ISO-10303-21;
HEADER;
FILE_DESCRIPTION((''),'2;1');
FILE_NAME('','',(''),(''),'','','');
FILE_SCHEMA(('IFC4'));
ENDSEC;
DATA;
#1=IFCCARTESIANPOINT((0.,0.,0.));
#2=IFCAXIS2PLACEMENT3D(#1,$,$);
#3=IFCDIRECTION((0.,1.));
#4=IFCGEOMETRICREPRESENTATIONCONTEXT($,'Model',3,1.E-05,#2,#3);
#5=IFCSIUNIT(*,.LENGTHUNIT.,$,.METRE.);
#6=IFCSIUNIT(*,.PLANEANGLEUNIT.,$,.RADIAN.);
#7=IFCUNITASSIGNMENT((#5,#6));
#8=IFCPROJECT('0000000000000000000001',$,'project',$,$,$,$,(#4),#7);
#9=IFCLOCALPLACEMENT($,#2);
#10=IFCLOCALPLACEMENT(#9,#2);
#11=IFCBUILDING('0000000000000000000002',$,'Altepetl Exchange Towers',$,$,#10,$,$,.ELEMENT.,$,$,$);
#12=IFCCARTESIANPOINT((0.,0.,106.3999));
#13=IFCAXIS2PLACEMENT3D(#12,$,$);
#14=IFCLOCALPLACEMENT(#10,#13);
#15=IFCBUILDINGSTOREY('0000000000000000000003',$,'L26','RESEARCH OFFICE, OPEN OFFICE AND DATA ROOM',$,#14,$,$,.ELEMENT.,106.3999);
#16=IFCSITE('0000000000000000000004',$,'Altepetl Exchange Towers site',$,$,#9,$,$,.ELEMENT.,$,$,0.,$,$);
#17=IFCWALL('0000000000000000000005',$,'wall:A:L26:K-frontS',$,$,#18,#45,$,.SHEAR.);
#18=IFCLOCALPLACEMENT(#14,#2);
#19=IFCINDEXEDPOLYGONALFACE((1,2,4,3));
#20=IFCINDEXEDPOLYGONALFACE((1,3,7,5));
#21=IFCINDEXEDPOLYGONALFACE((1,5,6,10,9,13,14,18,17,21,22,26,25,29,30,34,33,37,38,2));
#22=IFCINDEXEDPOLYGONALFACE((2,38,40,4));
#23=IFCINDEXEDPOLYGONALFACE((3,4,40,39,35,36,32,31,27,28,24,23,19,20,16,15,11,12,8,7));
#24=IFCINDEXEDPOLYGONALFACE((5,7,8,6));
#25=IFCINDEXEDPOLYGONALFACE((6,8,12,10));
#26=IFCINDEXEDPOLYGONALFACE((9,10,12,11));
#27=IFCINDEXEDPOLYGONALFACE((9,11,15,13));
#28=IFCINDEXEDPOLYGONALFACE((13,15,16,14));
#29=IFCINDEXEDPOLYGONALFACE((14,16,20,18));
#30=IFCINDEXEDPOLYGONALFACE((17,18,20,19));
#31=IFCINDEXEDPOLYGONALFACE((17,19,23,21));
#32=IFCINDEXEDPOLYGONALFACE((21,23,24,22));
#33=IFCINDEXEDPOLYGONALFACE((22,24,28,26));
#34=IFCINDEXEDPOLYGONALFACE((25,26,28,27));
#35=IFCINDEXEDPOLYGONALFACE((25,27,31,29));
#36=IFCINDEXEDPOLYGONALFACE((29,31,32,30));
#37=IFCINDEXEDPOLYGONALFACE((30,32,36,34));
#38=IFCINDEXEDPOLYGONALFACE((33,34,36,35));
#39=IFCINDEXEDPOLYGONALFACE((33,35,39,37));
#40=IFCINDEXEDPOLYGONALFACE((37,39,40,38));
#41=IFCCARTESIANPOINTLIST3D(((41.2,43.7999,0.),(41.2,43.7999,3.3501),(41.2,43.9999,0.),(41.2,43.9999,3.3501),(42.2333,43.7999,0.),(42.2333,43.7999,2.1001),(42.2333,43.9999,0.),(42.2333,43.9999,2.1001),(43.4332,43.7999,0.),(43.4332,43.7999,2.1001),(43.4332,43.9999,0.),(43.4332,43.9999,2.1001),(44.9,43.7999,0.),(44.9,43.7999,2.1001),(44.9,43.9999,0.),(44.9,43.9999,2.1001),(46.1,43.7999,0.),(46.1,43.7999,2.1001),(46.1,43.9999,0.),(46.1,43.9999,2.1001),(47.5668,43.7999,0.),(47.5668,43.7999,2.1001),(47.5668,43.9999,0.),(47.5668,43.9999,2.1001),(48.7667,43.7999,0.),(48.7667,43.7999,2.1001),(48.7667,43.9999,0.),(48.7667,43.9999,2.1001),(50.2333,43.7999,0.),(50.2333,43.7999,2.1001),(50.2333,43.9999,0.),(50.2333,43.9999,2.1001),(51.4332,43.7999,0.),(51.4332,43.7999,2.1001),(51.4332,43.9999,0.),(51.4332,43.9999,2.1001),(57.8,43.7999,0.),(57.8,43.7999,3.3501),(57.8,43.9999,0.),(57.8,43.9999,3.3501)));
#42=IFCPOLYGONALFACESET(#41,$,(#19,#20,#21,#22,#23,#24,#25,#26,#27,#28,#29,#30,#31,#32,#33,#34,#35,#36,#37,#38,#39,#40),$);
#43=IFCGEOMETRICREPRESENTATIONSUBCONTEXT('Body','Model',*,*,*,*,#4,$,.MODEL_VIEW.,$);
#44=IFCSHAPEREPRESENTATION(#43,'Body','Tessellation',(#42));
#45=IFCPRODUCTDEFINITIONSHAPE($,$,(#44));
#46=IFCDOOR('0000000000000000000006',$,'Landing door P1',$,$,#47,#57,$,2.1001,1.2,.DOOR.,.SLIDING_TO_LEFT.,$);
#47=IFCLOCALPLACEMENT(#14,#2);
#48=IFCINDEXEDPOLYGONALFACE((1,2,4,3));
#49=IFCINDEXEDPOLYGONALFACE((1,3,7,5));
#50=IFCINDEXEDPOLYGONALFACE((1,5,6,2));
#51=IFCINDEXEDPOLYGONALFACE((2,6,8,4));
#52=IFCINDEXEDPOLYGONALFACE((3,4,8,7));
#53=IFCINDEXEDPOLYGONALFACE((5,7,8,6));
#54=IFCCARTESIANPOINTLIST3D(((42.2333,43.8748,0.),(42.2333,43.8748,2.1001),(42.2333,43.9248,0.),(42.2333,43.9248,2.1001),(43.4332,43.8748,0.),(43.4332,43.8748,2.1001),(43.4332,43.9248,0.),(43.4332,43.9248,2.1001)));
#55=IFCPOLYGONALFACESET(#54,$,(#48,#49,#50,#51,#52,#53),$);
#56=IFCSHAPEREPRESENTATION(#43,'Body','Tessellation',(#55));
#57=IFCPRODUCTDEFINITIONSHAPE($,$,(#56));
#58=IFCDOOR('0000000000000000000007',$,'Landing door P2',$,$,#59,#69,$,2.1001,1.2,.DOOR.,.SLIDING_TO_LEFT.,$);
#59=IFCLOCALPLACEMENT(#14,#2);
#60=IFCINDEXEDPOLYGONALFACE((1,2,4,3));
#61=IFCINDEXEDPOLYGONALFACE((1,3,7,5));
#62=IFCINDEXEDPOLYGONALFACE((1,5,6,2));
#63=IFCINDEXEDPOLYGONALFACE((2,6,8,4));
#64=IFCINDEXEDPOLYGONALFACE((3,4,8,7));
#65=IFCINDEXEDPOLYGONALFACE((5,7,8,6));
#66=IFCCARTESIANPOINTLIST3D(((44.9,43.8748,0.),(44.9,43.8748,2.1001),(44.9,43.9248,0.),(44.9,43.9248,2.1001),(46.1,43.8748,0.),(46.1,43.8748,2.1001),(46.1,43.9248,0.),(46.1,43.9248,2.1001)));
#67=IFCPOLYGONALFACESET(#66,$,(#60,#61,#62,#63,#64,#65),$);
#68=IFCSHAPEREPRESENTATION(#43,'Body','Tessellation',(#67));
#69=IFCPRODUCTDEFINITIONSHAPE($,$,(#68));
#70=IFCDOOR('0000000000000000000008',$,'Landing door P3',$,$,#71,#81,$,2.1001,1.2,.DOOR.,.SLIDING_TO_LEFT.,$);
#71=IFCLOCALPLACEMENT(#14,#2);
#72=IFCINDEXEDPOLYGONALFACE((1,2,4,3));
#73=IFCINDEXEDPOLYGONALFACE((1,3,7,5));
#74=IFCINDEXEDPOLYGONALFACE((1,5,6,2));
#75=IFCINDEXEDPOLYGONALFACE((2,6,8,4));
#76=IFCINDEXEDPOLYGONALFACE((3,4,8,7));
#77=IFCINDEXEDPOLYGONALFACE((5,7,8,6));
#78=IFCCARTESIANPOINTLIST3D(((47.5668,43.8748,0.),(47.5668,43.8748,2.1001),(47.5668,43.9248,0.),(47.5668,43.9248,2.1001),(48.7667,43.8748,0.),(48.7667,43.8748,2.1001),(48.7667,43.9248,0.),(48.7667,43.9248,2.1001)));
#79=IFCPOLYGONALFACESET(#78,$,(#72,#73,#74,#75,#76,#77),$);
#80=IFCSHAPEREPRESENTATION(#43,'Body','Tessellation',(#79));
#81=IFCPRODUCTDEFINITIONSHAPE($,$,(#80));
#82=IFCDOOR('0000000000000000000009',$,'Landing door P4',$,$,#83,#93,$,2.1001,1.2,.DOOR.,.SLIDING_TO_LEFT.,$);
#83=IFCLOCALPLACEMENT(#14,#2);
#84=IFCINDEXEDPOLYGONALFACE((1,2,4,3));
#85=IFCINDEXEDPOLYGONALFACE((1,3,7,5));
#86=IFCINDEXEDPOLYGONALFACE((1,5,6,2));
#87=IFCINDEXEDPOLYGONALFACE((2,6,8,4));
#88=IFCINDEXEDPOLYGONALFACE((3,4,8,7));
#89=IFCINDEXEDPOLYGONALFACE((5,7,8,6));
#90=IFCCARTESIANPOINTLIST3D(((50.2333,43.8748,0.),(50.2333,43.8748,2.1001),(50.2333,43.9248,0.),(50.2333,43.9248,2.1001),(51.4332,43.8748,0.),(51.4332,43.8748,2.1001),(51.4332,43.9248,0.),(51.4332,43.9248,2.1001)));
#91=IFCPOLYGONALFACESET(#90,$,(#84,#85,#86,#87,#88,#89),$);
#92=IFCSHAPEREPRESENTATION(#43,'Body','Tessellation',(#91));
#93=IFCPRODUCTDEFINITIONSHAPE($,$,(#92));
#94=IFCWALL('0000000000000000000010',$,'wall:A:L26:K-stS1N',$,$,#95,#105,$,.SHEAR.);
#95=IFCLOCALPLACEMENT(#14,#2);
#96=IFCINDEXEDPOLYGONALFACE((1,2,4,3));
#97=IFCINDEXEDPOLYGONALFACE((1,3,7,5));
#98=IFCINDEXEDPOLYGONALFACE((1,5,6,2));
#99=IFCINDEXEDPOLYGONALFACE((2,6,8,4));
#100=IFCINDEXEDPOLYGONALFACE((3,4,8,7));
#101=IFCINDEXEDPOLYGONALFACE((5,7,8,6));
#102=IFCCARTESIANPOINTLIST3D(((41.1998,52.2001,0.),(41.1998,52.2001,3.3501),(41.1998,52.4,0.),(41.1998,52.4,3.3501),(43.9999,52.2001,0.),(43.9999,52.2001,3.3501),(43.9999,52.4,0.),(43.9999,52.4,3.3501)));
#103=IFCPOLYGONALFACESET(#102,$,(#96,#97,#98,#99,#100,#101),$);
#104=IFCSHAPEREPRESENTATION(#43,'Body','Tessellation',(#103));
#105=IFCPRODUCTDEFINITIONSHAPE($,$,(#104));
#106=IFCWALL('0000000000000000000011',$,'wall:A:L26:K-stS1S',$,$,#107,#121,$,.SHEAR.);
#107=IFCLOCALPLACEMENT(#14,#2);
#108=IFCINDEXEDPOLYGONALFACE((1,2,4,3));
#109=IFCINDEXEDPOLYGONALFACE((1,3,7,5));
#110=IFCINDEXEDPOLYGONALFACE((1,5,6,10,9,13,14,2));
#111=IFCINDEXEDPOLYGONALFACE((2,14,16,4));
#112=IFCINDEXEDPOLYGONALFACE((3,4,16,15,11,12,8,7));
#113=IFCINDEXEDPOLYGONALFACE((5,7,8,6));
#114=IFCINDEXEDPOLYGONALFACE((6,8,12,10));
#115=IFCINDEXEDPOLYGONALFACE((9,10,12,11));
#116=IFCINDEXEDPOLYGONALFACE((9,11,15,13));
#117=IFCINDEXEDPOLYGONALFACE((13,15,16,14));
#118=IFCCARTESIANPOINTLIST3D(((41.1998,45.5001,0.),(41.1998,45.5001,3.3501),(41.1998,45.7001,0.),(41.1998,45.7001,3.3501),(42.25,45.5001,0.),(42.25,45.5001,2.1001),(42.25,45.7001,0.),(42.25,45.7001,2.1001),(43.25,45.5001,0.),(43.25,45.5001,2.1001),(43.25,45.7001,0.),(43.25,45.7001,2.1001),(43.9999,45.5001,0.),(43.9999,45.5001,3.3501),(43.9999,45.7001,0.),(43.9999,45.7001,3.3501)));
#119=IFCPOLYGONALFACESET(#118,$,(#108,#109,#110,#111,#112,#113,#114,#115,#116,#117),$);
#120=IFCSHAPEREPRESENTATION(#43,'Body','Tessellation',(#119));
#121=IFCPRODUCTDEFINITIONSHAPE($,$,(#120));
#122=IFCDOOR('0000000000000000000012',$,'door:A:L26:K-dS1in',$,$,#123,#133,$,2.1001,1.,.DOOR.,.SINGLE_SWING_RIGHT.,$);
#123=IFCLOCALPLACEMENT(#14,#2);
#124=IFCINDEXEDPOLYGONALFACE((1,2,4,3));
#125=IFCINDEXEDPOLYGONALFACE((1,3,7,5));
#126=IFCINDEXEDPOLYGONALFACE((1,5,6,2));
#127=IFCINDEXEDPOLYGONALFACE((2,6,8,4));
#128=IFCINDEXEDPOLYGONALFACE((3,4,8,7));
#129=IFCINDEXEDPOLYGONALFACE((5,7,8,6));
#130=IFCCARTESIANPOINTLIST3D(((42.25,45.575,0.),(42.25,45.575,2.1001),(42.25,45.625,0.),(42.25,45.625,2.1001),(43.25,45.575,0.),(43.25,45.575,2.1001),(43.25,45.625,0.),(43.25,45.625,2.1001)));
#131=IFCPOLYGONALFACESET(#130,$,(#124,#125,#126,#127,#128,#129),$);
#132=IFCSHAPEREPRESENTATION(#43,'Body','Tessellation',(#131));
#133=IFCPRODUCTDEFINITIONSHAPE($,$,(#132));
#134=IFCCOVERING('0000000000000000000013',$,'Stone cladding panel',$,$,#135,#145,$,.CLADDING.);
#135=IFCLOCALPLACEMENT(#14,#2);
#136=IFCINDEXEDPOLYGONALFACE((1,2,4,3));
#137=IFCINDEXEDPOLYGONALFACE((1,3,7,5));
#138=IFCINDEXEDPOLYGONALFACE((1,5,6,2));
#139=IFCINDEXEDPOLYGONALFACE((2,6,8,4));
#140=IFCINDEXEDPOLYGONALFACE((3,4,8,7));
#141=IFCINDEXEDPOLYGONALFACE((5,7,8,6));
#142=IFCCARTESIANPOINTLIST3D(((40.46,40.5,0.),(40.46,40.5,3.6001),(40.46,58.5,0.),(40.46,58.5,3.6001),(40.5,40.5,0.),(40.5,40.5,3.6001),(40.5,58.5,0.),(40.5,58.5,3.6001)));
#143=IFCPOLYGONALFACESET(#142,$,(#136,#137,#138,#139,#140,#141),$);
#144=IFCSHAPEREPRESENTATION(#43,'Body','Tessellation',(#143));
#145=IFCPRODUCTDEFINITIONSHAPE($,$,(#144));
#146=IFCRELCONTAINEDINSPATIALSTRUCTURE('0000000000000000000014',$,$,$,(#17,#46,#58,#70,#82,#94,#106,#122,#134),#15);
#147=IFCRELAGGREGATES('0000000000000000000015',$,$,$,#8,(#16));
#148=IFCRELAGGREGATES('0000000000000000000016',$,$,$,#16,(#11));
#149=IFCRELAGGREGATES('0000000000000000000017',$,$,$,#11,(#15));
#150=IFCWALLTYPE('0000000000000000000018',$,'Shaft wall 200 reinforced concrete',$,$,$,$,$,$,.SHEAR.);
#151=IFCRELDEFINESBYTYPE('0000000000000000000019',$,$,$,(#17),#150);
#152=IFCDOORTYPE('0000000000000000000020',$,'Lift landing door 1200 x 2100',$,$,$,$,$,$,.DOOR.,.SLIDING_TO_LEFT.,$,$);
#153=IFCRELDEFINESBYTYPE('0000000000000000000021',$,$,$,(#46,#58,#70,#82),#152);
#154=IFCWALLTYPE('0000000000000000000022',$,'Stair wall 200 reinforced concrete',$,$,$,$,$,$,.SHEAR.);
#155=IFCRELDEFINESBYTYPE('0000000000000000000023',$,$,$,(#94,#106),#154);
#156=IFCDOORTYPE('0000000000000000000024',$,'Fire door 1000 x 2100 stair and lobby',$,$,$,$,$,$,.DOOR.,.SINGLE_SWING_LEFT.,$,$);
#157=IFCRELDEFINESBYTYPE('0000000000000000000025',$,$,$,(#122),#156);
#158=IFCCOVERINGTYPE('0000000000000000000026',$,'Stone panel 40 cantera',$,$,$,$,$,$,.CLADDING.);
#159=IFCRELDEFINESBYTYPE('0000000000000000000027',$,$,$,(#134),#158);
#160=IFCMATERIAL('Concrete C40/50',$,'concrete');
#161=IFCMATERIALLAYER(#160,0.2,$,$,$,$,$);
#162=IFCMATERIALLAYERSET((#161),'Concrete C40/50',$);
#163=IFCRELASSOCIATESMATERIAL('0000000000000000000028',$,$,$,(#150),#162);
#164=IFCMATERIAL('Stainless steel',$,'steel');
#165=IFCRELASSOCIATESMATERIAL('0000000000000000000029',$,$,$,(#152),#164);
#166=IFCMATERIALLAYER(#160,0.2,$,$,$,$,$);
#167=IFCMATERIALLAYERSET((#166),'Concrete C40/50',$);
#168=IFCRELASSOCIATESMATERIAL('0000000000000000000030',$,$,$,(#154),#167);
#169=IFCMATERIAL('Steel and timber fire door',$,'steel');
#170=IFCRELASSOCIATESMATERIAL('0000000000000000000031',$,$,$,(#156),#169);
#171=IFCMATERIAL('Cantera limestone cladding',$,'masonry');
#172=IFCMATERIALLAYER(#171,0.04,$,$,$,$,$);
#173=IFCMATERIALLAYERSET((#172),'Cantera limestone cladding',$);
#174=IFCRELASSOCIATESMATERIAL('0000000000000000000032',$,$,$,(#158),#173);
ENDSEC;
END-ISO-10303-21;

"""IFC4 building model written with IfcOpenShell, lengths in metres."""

from ifc_helpers import new_model, si_unit, direction, frame, frame_2d, origin, origin_2d, place, context, subcontext, project, spatial, rectangle, extrude, material, layer, layer_set, type_object, element, fill, save


model = new_model("IFC4")

# Units and contexts
model_context = context("Model", 3, precision=1e-05, world=origin(), true_north=direction((0.0, 1.0)))
body_context = subcontext(model_context, "Body", "Model", "MODEL_VIEW")
ifc_project = project(units=[si_unit("LENGTHUNIT", "METRE"), si_unit("PLANEANGLEUNIT", "RADIAN")], contexts=[model_context])

# Site, building, storey
site_placement = place(None, origin())
site = spatial("IfcSite", under=ifc_project, at=site_placement, Name="Altepetl Exchange Towers site", CompositionType="ELEMENT", RefElevation=0.0)
building_placement = place(site_placement, origin())
building = spatial("IfcBuilding", under=site, at=building_placement, Name="Altepetl Exchange Towers", CompositionType="ELEMENT")
storey_placement = place(building_placement, frame((0.0, 0.0, 106.3999)))
storey = spatial("IfcBuildingStorey", under=building, at=storey_placement, Name="L26", Description="RESEARCH OFFICE, OPEN OFFICE AND DATA ROOM", CompositionType="ELEMENT", Elevation=106.3999)

# Wall, openings, doors
ifc_material_1 = material(Name="Concrete C40/50", Category="concrete")
ifc_layer_1 = layer(ifc_material_1, 0.2)
ifc_layer_set_1 = layer_set([ifc_layer_1], Name="Concrete C40/50")
wall_type_1 = type_object("IfcWallType", Name="Shaft wall 200 reinforced concrete", PredefinedType="SHEAR", material=ifc_layer_set_1)
ifc_material_2 = material(Name="Stainless steel", Category="steel")
wall_1_placement = place(storey_placement, frame((41.2, 43.8999, 0.0)))
wall_1 = element("IfcWall", 1, at=wall_1_placement, inside=storey, type_object=wall_type_1, Name="wall:A:L26:K-frontS", PredefinedType="SHEAR", context=body_context, shape_type="SweptSolid", body=[
    extrude(rectangle(XDim=16.6001, YDim=0.2, at=frame_2d((8.3, 0.0))), origin(), (0.0, 0.0, 1.0), 3.3501),
])
opening_1_placement = place(wall_1_placement, frame((1.0332, 0.0, 0.0)))
opening_1 = element("IfcOpeningElement", 2, at=opening_1_placement, cuts=wall_1, PredefinedType="OPENING", context=body_context, shape_type="SweptSolid", body=[
    extrude(rectangle(XDim=1.2, YDim=2.1001, at=frame_2d((0.6001, 1.05))), frame((0.0, 0.1099, 0.0), z_axis=(0.0, -1.0, 0.0), x_axis=(1.0, 0.0, 0.0)), (0.0, 0.0, 1.0), 0.22),
])
opening_2_placement = place(wall_1_placement, frame((3.7, 0.0, 0.0)))
opening_2 = element("IfcOpeningElement", 3, at=opening_2_placement, cuts=wall_1, PredefinedType="OPENING", context=body_context, shape_type="SweptSolid", body=[
    extrude(rectangle(XDim=1.2, YDim=2.1001, at=frame_2d((0.6001, 1.05))), frame((0.0, 0.1099, 0.0), z_axis=(0.0, -1.0, 0.0), x_axis=(1.0, 0.0, 0.0)), (0.0, 0.0, 1.0), 0.22),
])
opening_3_placement = place(wall_1_placement, frame((6.3667, 0.0, 0.0)))
opening_3 = element("IfcOpeningElement", 4, at=opening_3_placement, cuts=wall_1, PredefinedType="OPENING", context=body_context, shape_type="SweptSolid", body=[
    extrude(rectangle(XDim=1.2, YDim=2.1001, at=frame_2d((0.6001, 1.05))), frame((0.0, 0.1099, 0.0), z_axis=(0.0, -1.0, 0.0), x_axis=(1.0, 0.0, 0.0)), (0.0, 0.0, 1.0), 0.22),
])
opening_4_placement = place(wall_1_placement, frame((9.0332, 0.0, 0.0)))
opening_4 = element("IfcOpeningElement", 5, at=opening_4_placement, cuts=wall_1, PredefinedType="OPENING", context=body_context, shape_type="SweptSolid", body=[
    extrude(rectangle(XDim=1.2, YDim=2.1001, at=frame_2d((0.6001, 1.05))), frame((0.0, 0.1099, 0.0), z_axis=(0.0, -1.0, 0.0), x_axis=(1.0, 0.0, 0.0)), (0.0, 0.0, 1.0), 0.22),
])
door_type_1 = type_object("IfcDoorType", Name="Lift landing door 1200 x 2100", OperationType="SLIDING_TO_LEFT", PredefinedType="DOOR", material=ifc_material_2)
door_1_placement = place(opening_1_placement, origin())
door_1 = element("IfcDoor", 6, at=door_1_placement, inside=storey, type_object=door_type_1, Name="Landing door P1", OperationType="SLIDING_TO_LEFT", OverallHeight=2.1001, OverallWidth=1.2, PredefinedType="DOOR", context=body_context, shape_type="SweptSolid", body=[
    extrude(rectangle(XDim=1.2, YDim=2.1001, at=frame_2d((0.6001, 1.05))), frame((0.0, 0.0249, 0.0), z_axis=(0.0, -1.0, 0.0), x_axis=(1.0, 0.0, 0.0)), (0.0, 0.0, 1.0), 0.05),
])
fill(opening_1, door_1)
door_2_placement = place(opening_2_placement, origin())
door_2 = element("IfcDoor", 7, at=door_2_placement, inside=storey, type_object=door_type_1, Name="Landing door P2", OperationType="SLIDING_TO_LEFT", OverallHeight=2.1001, OverallWidth=1.2, PredefinedType="DOOR", context=body_context, shape_type="SweptSolid", body=[
    extrude(rectangle(XDim=1.2, YDim=2.1001, at=frame_2d((0.6001, 1.05))), frame((0.0, 0.0249, 0.0), z_axis=(0.0, -1.0, 0.0), x_axis=(1.0, 0.0, 0.0)), (0.0, 0.0, 1.0), 0.05),
])
fill(opening_2, door_2)
door_3_placement = place(opening_3_placement, origin())
door_3 = element("IfcDoor", 8, at=door_3_placement, inside=storey, type_object=door_type_1, Name="Landing door P3", OperationType="SLIDING_TO_LEFT", OverallHeight=2.1001, OverallWidth=1.2, PredefinedType="DOOR", context=body_context, shape_type="SweptSolid", body=[
    extrude(rectangle(XDim=1.2, YDim=2.1001, at=frame_2d((0.6001, 1.05))), frame((0.0, 0.0249, 0.0), z_axis=(0.0, -1.0, 0.0), x_axis=(1.0, 0.0, 0.0)), (0.0, 0.0, 1.0), 0.05),
])
fill(opening_3, door_3)
door_4_placement = place(opening_4_placement, origin())
door_4 = element("IfcDoor", 9, at=door_4_placement, inside=storey, type_object=door_type_1, Name="Landing door P4", OperationType="SLIDING_TO_LEFT", OverallHeight=2.1001, OverallWidth=1.2, PredefinedType="DOOR", context=body_context, shape_type="SweptSolid", body=[
    extrude(rectangle(XDim=1.2, YDim=2.1001, at=frame_2d((0.6001, 1.05))), frame((0.0, 0.0249, 0.0), z_axis=(0.0, -1.0, 0.0), x_axis=(1.0, 0.0, 0.0)), (0.0, 0.0, 1.0), 0.05),
])
fill(opening_4, door_4)

# Wall
ifc_layer_2 = layer(ifc_material_1, 0.2)
ifc_layer_set_2 = layer_set([ifc_layer_2], Name="Concrete C40/50")
wall_type_2 = type_object("IfcWallType", Name="Stair wall 200 reinforced concrete", PredefinedType="SHEAR", material=ifc_layer_set_2)
wall_2_placement = place(storey_placement, frame((41.2, 52.3, 0.0)))
element("IfcWall", 10, at=wall_2_placement, inside=storey, type_object=wall_type_2, Name="wall:A:L26:K-stS1N", PredefinedType="SHEAR", context=body_context, shape_type="SweptSolid", body=[
    extrude(rectangle(XDim=2.8, YDim=0.2, at=frame_2d((1.3999, 0.0))), origin(), (0.0, 0.0, 1.0), 3.3501),
])

# Wall, opening, door
wall_3_placement = place(storey_placement, frame((41.2, 45.6001, 0.0)))
wall_3 = element("IfcWall", 11, at=wall_3_placement, inside=storey, type_object=wall_type_2, Name="wall:A:L26:K-stS1S", PredefinedType="SHEAR", context=body_context, shape_type="SweptSolid", body=[
    extrude(rectangle(XDim=2.8, YDim=0.2, at=frame_2d((1.3999, 0.0))), origin(), (0.0, 0.0, 1.0), 3.3501),
])
opening_5_placement = place(wall_3_placement, frame((1.05, 0.0, 0.0)))
opening_5 = element("IfcOpeningElement", 12, at=opening_5_placement, cuts=wall_3, PredefinedType="OPENING", context=body_context, shape_type="SweptSolid", body=[
    extrude(rectangle(XDim=1.0, YDim=2.1001, at=frame_2d((0.5, 1.05))), frame((0.0, 0.1099, 0.0), z_axis=(0.0, -1.0, 0.0), x_axis=(1.0, 0.0, 0.0)), (0.0, 0.0, 1.0), 0.22),
])
ifc_material_3 = material(Name="Steel and timber fire door", Category="steel")
door_type_2 = type_object("IfcDoorType", Name="Fire door 1000 x 2100 stair and lobby", OperationType="SINGLE_SWING_LEFT", PredefinedType="DOOR", material=ifc_material_3)
door_5_placement = place(opening_5_placement, origin())
door_5 = element("IfcDoor", 13, at=door_5_placement, inside=storey, type_object=door_type_2, Name="door:A:L26:K-dS1in", OperationType="SINGLE_SWING_RIGHT", OverallHeight=2.1001, OverallWidth=1.0, PredefinedType="DOOR", context=body_context, shape_type="SweptSolid", body=[
    extrude(rectangle(XDim=1.0, YDim=2.1001, at=frame_2d((0.5, 1.05))), frame((0.0, 0.0249, 0.0), z_axis=(0.0, -1.0, 0.0), x_axis=(1.0, 0.0, 0.0)), (0.0, 0.0, 1.0), 0.05),
])
fill(opening_5, door_5)

# Covering
ifc_material_4 = material(Name="Cantera limestone cladding", Category="masonry")
ifc_layer_3 = layer(ifc_material_4, 0.04)
ifc_layer_set_3 = layer_set([ifc_layer_3], Name="Cantera limestone cladding")
covering_type = type_object("IfcCoveringType", Name="Stone panel 40 cantera", PredefinedType="CLADDING", material=ifc_layer_set_3)
covering_placement = place(storey_placement, frame((40.48, 49.5, 0.0), z_axis=(0.0, 0.0, 1.0), x_axis=(0.0, -1.0, 0.0)))
element("IfcCovering", 14, at=covering_placement, inside=storey, type_object=covering_type, Name="Stone cladding panel", PredefinedType="CLADDING", context=body_context, shape_type="SweptSolid", body=[
    extrude(rectangle(XDim=18.0, YDim=0.04, at=origin_2d()), origin(), (0.0, 0.0, 1.0), 3.6001),
])

save(model, "model.ifc")
